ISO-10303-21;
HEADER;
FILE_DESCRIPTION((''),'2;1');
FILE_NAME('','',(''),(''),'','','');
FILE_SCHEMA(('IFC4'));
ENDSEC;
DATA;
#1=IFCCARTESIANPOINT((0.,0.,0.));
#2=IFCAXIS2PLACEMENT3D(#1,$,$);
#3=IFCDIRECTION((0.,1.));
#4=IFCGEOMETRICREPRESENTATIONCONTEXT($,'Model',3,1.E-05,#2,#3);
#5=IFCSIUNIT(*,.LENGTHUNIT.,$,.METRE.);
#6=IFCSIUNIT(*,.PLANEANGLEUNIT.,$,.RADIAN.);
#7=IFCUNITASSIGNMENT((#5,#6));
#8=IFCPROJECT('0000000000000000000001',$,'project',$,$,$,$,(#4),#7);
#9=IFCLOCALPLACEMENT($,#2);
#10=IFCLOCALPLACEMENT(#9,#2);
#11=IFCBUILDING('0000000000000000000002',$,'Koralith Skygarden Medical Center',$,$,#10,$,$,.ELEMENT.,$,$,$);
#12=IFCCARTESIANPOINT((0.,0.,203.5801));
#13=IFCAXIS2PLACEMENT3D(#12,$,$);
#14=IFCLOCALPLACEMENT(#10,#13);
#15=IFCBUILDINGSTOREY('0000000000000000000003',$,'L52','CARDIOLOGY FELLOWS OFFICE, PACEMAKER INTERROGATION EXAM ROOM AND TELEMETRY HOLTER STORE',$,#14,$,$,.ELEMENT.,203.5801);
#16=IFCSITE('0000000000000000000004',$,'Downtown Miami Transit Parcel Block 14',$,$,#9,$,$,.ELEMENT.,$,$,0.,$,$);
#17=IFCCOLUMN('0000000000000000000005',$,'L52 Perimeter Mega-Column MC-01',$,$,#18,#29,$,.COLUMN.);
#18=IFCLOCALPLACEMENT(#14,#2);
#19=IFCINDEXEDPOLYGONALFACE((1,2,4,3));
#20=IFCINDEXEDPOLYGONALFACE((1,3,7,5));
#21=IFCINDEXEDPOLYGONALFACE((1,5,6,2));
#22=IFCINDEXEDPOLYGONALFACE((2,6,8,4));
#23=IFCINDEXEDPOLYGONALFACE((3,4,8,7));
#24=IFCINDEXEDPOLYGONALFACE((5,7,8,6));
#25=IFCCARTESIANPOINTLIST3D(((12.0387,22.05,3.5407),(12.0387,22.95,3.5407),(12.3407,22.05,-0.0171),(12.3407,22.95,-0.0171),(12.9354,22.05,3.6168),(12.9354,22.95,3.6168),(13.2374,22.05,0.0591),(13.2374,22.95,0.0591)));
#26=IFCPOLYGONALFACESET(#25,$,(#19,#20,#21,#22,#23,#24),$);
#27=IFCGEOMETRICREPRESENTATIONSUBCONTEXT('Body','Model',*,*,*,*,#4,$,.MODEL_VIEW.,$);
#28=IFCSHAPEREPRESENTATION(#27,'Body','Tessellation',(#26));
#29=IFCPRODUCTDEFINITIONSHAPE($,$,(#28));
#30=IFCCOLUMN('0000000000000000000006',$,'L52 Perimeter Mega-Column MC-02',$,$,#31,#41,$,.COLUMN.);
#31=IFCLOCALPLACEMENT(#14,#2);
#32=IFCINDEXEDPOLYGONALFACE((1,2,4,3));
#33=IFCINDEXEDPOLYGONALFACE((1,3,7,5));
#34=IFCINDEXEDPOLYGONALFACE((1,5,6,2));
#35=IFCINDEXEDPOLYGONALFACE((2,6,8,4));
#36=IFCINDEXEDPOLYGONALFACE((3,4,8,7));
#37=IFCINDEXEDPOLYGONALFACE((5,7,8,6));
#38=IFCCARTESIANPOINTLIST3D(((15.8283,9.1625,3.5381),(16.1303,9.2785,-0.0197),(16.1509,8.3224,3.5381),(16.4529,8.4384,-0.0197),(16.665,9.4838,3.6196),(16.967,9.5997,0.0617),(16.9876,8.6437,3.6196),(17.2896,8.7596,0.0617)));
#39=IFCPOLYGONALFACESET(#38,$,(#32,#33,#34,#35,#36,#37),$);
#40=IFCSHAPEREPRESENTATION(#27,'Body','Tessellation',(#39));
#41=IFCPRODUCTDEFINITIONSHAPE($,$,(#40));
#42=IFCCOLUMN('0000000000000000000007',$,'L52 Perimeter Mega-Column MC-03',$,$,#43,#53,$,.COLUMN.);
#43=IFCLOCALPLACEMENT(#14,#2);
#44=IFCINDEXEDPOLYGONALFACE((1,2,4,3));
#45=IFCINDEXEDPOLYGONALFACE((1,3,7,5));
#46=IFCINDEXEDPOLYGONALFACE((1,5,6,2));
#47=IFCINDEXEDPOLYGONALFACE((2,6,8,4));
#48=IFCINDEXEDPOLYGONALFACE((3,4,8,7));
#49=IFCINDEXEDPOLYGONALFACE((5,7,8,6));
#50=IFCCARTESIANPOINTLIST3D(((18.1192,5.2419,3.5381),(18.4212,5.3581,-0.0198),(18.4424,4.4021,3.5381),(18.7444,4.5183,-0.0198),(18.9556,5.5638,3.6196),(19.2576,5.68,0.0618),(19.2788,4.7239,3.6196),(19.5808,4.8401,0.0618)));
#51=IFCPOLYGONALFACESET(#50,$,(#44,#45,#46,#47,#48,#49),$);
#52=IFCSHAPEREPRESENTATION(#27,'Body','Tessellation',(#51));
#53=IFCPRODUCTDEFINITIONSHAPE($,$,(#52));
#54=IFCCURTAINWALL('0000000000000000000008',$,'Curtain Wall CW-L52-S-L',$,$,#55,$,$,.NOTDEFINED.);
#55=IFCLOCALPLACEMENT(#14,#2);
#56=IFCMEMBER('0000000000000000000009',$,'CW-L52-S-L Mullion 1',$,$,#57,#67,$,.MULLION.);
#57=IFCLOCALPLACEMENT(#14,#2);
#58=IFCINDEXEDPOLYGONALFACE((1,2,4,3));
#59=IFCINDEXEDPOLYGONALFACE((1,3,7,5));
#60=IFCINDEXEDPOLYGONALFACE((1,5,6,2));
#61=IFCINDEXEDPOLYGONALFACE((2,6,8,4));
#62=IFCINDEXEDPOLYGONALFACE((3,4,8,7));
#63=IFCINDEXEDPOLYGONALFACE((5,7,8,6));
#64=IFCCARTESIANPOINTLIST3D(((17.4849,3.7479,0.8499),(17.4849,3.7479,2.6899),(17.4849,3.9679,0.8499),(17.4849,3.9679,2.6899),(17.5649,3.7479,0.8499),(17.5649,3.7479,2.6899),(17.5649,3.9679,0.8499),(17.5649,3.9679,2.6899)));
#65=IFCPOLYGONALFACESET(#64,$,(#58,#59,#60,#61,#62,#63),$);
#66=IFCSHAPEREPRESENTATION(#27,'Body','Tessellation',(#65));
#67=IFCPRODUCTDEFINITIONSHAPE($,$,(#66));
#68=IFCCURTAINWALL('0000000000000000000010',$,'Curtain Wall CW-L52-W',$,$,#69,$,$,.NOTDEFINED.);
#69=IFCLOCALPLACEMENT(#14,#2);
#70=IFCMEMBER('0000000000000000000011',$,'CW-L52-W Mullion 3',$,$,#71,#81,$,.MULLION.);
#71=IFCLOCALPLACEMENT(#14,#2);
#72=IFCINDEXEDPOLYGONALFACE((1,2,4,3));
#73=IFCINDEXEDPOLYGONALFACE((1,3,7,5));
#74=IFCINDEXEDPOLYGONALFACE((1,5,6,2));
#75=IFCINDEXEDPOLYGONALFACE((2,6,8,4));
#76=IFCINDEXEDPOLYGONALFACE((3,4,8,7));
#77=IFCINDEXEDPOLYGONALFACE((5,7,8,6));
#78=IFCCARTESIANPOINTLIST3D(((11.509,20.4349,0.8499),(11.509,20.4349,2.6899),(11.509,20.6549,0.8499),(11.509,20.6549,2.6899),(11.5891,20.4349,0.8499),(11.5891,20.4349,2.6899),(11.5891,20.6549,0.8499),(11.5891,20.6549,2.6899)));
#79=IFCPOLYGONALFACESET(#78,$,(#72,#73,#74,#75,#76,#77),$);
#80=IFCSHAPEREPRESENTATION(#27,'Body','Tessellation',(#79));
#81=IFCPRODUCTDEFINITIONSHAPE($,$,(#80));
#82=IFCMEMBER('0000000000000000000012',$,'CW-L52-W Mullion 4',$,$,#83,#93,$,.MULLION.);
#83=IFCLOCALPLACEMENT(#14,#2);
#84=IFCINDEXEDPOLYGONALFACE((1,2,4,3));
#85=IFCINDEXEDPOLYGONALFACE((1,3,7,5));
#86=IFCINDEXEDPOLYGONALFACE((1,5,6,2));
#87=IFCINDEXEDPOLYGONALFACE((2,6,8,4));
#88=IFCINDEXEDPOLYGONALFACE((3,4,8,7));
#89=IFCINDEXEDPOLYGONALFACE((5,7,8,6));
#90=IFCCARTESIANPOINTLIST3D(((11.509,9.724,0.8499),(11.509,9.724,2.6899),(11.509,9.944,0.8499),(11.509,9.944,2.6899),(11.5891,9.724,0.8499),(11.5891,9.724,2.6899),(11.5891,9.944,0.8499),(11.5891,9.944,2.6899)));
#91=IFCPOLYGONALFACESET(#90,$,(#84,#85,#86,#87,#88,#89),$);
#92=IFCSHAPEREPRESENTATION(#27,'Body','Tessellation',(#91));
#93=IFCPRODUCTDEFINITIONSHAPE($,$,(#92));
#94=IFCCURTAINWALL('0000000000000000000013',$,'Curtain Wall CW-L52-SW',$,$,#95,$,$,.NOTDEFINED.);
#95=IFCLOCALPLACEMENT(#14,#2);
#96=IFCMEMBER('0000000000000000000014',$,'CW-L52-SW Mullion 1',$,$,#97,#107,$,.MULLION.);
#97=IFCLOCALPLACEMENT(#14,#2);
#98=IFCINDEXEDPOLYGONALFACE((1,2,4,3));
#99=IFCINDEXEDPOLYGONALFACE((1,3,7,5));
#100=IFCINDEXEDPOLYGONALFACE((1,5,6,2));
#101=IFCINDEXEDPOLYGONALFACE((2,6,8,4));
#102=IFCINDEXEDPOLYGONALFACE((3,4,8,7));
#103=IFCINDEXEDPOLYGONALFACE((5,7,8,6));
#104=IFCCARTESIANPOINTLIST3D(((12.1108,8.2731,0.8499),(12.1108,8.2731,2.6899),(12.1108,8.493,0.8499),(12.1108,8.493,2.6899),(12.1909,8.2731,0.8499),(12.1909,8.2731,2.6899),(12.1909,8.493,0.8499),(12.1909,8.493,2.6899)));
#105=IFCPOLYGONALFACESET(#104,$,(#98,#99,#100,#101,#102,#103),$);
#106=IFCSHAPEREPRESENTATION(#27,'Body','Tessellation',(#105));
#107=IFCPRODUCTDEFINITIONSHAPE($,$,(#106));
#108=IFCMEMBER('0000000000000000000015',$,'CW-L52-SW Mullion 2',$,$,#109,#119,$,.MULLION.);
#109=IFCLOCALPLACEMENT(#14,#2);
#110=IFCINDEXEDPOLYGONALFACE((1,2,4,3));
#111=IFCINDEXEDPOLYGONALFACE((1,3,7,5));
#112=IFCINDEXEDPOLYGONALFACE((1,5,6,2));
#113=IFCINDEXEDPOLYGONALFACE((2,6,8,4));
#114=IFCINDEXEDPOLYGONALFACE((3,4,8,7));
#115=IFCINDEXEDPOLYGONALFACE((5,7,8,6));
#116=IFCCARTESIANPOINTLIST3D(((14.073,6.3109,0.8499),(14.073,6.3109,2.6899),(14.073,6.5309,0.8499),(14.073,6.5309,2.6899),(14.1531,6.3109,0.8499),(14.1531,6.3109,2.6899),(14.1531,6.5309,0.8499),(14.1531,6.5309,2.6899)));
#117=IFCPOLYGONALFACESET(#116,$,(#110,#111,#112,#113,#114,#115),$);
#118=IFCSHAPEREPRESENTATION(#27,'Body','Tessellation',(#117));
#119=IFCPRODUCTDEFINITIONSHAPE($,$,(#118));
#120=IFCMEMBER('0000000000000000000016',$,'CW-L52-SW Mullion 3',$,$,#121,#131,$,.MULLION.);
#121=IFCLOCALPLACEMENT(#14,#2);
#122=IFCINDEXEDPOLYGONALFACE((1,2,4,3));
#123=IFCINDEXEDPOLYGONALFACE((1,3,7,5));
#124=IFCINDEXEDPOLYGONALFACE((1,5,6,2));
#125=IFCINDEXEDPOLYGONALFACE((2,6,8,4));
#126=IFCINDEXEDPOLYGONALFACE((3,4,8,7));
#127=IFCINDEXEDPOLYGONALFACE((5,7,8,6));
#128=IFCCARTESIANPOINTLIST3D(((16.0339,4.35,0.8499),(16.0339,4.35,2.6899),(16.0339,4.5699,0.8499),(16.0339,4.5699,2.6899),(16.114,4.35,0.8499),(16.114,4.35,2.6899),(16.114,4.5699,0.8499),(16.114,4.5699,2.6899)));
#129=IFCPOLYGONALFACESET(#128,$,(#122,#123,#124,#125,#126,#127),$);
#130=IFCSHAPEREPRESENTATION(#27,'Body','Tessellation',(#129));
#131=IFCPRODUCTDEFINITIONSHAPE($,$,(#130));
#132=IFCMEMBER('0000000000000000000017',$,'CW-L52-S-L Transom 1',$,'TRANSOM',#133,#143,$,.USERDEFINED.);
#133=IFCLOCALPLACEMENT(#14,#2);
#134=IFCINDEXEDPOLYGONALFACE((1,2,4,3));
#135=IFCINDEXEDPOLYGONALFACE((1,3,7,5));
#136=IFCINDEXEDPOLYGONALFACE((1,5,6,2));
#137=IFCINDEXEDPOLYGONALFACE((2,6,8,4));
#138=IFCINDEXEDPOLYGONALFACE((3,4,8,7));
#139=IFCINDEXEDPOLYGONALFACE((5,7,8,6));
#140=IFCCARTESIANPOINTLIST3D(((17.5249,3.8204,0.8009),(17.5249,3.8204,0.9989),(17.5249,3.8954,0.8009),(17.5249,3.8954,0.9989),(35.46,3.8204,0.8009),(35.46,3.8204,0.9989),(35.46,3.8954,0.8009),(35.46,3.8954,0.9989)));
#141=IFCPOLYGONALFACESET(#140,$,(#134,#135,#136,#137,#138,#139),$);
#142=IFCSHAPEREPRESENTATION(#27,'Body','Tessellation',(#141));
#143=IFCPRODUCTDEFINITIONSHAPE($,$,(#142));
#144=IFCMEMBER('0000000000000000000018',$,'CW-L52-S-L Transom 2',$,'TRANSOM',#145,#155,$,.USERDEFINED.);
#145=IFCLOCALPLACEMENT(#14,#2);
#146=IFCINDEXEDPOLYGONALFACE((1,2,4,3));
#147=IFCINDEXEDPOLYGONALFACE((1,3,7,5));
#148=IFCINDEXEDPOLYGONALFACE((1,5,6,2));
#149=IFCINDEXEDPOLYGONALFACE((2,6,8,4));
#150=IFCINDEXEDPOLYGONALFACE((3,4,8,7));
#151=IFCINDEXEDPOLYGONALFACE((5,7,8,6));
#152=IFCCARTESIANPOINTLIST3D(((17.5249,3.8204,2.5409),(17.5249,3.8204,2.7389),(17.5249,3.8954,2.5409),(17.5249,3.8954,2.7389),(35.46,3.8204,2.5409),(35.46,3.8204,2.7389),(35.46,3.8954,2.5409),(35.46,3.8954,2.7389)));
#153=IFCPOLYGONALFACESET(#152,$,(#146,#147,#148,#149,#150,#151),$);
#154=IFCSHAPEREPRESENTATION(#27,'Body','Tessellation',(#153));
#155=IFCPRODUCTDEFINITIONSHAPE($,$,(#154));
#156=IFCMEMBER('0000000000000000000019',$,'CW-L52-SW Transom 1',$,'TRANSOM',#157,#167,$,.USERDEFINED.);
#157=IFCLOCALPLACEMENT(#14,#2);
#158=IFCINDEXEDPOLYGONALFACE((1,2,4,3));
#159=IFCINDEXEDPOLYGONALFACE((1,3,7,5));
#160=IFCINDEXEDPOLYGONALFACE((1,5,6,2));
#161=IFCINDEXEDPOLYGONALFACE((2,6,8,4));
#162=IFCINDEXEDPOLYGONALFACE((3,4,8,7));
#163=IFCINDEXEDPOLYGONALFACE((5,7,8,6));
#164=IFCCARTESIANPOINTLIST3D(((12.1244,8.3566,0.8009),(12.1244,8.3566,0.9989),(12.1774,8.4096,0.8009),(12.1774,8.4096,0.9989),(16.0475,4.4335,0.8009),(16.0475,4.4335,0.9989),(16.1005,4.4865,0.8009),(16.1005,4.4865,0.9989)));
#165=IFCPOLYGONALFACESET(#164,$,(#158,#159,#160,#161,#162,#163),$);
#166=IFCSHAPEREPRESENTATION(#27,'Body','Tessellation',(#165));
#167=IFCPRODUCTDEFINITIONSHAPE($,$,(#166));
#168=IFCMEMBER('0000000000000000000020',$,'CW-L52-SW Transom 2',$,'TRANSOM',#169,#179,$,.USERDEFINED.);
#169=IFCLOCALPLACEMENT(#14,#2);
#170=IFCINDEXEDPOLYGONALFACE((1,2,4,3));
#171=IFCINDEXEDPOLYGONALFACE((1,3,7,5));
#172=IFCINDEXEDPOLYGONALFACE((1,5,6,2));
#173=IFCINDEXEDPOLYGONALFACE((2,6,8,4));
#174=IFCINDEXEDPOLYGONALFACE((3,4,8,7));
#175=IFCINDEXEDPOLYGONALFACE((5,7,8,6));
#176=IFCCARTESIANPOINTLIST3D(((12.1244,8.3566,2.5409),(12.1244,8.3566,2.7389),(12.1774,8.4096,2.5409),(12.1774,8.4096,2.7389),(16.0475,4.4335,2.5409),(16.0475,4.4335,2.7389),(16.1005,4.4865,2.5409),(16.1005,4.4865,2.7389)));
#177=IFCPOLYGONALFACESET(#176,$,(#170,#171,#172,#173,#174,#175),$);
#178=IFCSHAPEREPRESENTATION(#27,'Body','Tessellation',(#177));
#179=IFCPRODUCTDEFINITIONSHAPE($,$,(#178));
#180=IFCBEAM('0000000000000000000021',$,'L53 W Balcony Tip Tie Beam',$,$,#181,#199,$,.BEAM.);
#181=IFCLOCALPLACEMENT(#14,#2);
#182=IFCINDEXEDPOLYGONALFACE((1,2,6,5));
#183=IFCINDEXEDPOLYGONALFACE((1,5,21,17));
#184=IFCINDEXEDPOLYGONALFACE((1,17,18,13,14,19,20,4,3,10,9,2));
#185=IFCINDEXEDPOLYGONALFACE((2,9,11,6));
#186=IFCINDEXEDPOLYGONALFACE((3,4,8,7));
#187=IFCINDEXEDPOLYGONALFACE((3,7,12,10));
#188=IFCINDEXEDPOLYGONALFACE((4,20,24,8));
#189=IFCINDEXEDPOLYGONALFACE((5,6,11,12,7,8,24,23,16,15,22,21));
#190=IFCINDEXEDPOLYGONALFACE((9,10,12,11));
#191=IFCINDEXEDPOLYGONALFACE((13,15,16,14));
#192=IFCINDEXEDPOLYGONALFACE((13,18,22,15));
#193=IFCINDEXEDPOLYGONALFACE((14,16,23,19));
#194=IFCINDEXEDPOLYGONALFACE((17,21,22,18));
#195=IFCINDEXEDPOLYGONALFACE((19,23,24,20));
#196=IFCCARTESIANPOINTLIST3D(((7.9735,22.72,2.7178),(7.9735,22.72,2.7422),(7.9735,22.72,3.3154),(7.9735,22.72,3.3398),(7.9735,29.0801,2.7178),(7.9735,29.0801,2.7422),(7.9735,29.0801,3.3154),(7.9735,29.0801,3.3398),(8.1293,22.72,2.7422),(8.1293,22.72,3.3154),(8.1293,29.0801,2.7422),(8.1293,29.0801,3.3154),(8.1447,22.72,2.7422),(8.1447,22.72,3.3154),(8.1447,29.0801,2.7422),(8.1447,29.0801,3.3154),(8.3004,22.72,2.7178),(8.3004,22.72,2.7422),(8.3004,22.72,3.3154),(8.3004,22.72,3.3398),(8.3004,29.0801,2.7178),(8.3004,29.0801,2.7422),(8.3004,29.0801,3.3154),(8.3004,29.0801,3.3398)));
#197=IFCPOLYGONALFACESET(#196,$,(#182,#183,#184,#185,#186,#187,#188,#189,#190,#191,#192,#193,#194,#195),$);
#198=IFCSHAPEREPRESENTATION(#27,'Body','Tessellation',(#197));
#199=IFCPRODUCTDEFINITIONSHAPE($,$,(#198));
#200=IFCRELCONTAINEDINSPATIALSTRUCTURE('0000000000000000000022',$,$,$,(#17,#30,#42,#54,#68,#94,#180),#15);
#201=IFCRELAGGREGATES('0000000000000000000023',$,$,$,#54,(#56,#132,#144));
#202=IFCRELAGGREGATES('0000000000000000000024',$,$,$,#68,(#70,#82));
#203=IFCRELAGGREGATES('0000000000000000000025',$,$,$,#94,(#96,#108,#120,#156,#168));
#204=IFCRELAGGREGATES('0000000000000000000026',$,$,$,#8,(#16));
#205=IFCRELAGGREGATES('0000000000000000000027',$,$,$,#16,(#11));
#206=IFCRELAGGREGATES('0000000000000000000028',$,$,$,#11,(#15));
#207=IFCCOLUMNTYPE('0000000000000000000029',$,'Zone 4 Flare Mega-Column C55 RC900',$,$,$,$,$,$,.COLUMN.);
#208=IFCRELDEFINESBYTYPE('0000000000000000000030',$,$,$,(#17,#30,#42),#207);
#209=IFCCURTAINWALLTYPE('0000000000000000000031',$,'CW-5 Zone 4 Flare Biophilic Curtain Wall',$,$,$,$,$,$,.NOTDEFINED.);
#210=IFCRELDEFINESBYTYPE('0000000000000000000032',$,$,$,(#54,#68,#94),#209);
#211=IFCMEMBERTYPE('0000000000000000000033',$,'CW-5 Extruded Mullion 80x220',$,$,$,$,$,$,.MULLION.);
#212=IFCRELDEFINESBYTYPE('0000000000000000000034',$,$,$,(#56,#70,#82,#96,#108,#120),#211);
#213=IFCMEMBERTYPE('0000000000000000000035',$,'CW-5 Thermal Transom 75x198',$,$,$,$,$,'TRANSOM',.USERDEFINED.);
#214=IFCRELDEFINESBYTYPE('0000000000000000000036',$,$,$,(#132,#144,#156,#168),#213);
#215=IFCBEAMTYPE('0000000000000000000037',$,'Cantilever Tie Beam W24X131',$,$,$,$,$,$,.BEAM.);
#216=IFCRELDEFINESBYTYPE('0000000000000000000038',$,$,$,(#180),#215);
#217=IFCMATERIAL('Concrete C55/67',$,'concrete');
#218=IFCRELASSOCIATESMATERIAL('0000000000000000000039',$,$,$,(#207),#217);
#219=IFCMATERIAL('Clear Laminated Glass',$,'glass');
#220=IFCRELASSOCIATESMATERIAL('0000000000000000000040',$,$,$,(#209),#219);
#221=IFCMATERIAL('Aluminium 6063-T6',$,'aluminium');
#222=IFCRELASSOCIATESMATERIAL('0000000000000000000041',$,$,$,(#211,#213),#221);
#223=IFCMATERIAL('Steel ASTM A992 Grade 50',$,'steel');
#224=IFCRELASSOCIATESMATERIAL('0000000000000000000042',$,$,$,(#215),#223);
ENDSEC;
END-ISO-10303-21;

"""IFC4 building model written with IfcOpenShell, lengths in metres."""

from ifc_helpers import new_model, si_unit, direction, frame, origin, origin_2d, place, context, subcontext, project, spatial, rectangle, i_section, extrude, material, material_profile, profile_set, type_object, element, aggregate, save


model = new_model("IFC4")

# Units and contexts
model_context = context("Model", 3, precision=1e-05, world=origin(), true_north=direction((0.0, 1.0)))
body_context = subcontext(model_context, "Body", "Model", "MODEL_VIEW")
ifc_project = project(units=[si_unit("LENGTHUNIT", "METRE"), si_unit("PLANEANGLEUNIT", "RADIAN")], contexts=[model_context])

# Site, building, storey
site_placement = place(None, origin())
site = spatial("IfcSite", under=ifc_project, at=site_placement, Name="Downtown Miami Transit Parcel Block 14", CompositionType="ELEMENT", RefElevation=0.0)
building_placement = place(site_placement, origin())
building = spatial("IfcBuilding", under=site, at=building_placement, Name="Koralith Skygarden Medical Center", CompositionType="ELEMENT")
storey_placement = place(building_placement, frame((0.0, 0.0, 203.5801)))
storey = spatial("IfcBuildingStorey", under=building, at=storey_placement, Name="L52", Description="CARDIOLOGY FELLOWS OFFICE, PACEMAKER INTERROGATION EXAM ROOM AND TELEMETRY HOLTER STORE", CompositionType="ELEMENT", Elevation=203.5801)

# Columns
ifc_material_1 = material(Name="Concrete C55/67", Category="concrete")
ifc_material_profile_1 = material_profile(ifc_material_1, rectangle(XDim=0.8999, YDim=0.8999, at=origin_2d()), Name="RC900X900")
ifc_profile_set_1 = profile_set([ifc_material_profile_1], Name="Concrete C55/67")
column_type = type_object("IfcColumnType", Name="Zone 4 Flare Mega-Column C55 RC900", PredefinedType="COLUMN", material=ifc_profile_set_1)
column_placement = place(storey_placement, frame((12.7891, 22.5, 0.021), z_axis=(-0.084579, 0.0, 0.996417), x_axis=(0.0, -1.0, 0.0)))
element("IfcColumn", 1, at=column_placement, inside=storey, type_object=column_type, Name="L52 Perimeter Mega-Column MC-01", PredefinedType="COLUMN", context=body_context, shape_type="SweptSolid", body=[
    extrude(rectangle(XDim=0.8999, YDim=0.8999, at=origin_2d()), origin(), (0.0, 0.0, 1.0), 3.5706),
])
for number, where, z_axis, x_axis, name in (
    (2, (16.71, 9.019, 0.021), (-0.084534, -0.032461, 0.995892), (0.358473, -0.93354, 0.0), "L52 Perimeter Mega-Column MC-02"),
    (3, (19.001, 5.0991, 0.021), (-0.084534, -0.032529, 0.995889), (0.359131, -0.933287, 0.0), "L52 Perimeter Mega-Column MC-03"),
):
    element("IfcColumn", number, at=place(storey_placement, frame(where, z_axis=z_axis, x_axis=x_axis)), inside=storey, type_object=column_type, Name=name, PredefinedType="COLUMN", context=body_context, shape_type="SweptSolid", body=[
        extrude(rectangle(XDim=0.8999, YDim=0.8999, at=origin_2d()), origin(), (0.0, 0.0, 1.0), 3.5725),
    ])

# Curtain wall, member
ifc_material_2 = material(Name="Clear Laminated Glass", Category="glass")
curtain_wall_type = type_object("IfcCurtainWallType", Name="CW-5 Zone 4 Flare Biophilic Curtain Wall", PredefinedType="NOTDEFINED", material=ifc_material_2)
curtain_wall_1_placement = place(storey_placement, origin())
curtain_wall_1 = element("IfcCurtainWall", 4, at=curtain_wall_1_placement, inside=storey, type_object=curtain_wall_type, Name="Curtain Wall CW-L52-S-L", PredefinedType="NOTDEFINED")
ifc_material_3 = material(Name="Aluminium 6063-T6", Category="aluminium")
ifc_material_profile_2 = material_profile(ifc_material_3, rectangle(XDim=0.0801, YDim=0.22, at=origin_2d()), Name="MUL80X220")
ifc_profile_set_2 = profile_set([ifc_material_profile_2], Name="Aluminium 6063-T6")
member_type_1 = type_object("IfcMemberType", Name="CW-5 Extruded Mullion 80x220", PredefinedType="MULLION", material=ifc_profile_set_2)
member_1_placement = place(storey_placement, frame((17.5249, 3.8579, 0.8499), z_axis=(0.0, 0.0, 1.0), x_axis=(1.0, 0.0, 0.0)))
member_1 = element("IfcMember", 5, at=member_1_placement, type_object=member_type_1, Name="CW-L52-S-L Mullion 1", PredefinedType="MULLION", context=body_context, shape_type="SweptSolid", body=[
    extrude(rectangle(XDim=0.0801, YDim=0.22, at=origin_2d()), origin(), (0.0, 0.0, 1.0), 1.8401),
])

# Curtain walls, members
curtain_wall_2_placement = place(storey_placement, origin())
curtain_wall_2 = element("IfcCurtainWall", 6, at=curtain_wall_2_placement, inside=storey, type_object=curtain_wall_type, Name="Curtain Wall CW-L52-W", PredefinedType="NOTDEFINED")
member_2_placement = place(storey_placement, frame((11.5491, 20.5449, 0.8499), z_axis=(0.0, 0.0, 1.0), x_axis=(1.0, 0.0, 0.0)))
member_2 = element("IfcMember", 7, at=member_2_placement, type_object=member_type_1, Name="CW-L52-W Mullion 3", PredefinedType="MULLION", context=body_context, shape_type="SweptSolid", body=[
    extrude(rectangle(XDim=0.0801, YDim=0.22, at=origin_2d()), origin(), (0.0, 0.0, 1.0), 1.8401),
])
member_3_placement = place(storey_placement, frame((11.5491, 9.834, 0.8499), z_axis=(0.0, 0.0, 1.0), x_axis=(1.0, 0.0, 0.0)))
member_3 = element("IfcMember", 8, at=member_3_placement, type_object=member_type_1, Name="CW-L52-W Mullion 4", PredefinedType="MULLION", context=body_context, shape_type="SweptSolid", body=[
    extrude(rectangle(XDim=0.0801, YDim=0.22, at=origin_2d()), origin(), (0.0, 0.0, 1.0), 1.8401),
])
curtain_wall_3_placement = place(storey_placement, origin())
curtain_wall_3 = element("IfcCurtainWall", 9, at=curtain_wall_3_placement, inside=storey, type_object=curtain_wall_type, Name="Curtain Wall CW-L52-SW", PredefinedType="NOTDEFINED")
member_4_placement = place(storey_placement, frame((12.1509, 8.3831, 0.8499), z_axis=(0.0, 0.0, 1.0), x_axis=(1.0, 0.0, 0.0)))
member_4 = element("IfcMember", 10, at=member_4_placement, type_object=member_type_1, Name="CW-L52-SW Mullion 1", PredefinedType="MULLION", context=body_context, shape_type="SweptSolid", body=[
    extrude(rectangle(XDim=0.0801, YDim=0.22, at=origin_2d()), origin(), (0.0, 0.0, 1.0), 1.8401),
])
member_5_placement = place(storey_placement, frame((14.113, 6.4209, 0.8499), z_axis=(0.0, 0.0, 1.0), x_axis=(1.0, 0.0, 0.0)))
member_5 = element("IfcMember", 11, at=member_5_placement, type_object=member_type_1, Name="CW-L52-SW Mullion 2", PredefinedType="MULLION", context=body_context, shape_type="SweptSolid", body=[
    extrude(rectangle(XDim=0.0801, YDim=0.22, at=origin_2d()), origin(), (0.0, 0.0, 1.0), 1.8401),
])
member_6_placement = place(storey_placement, frame((16.074, 4.46, 0.8499), z_axis=(0.0, 0.0, 1.0), x_axis=(1.0, 0.0, 0.0)))
member_6 = element("IfcMember", 12, at=member_6_placement, type_object=member_type_1, Name="CW-L52-SW Mullion 3", PredefinedType="MULLION", context=body_context, shape_type="SweptSolid", body=[
    extrude(rectangle(XDim=0.0801, YDim=0.22, at=origin_2d()), origin(), (0.0, 0.0, 1.0), 1.8401),
])

# Members
ifc_material_profile_3 = material_profile(ifc_material_3, rectangle(XDim=0.075, YDim=0.198, at=origin_2d()), Name="TRN75X198")
ifc_profile_set_3 = profile_set([ifc_material_profile_3], Name="Aluminium 6063-T6")
member_type_2 = type_object("IfcMemberType", Name="CW-5 Thermal Transom 75x198", ElementType="TRANSOM", PredefinedType="USERDEFINED", material=ifc_profile_set_3)
member_7_placement = place(storey_placement, frame((17.5249, 3.8579, 0.8999), z_axis=(1.0, 0.0, 0.0), x_axis=(0.0, 1.0, 0.0)))
member_7 = element("IfcMember", 13, at=member_7_placement, type_object=member_type_2, Name="CW-L52-S-L Transom 1", ObjectType="TRANSOM", PredefinedType="USERDEFINED", context=body_context, shape_type="SweptSolid", body=[
    extrude(rectangle(XDim=0.075, YDim=0.198, at=origin_2d()), origin(), (0.0, 0.0, 1.0), 17.9351),
])
member_8_placement = place(storey_placement, frame((17.5249, 3.8579, 2.6399), z_axis=(1.0, 0.0, 0.0), x_axis=(0.0, 1.0, 0.0)))
member_8 = element("IfcMember", 14, at=member_8_placement, type_object=member_type_2, Name="CW-L52-S-L Transom 2", ObjectType="TRANSOM", PredefinedType="USERDEFINED", context=body_context, shape_type="SweptSolid", body=[
    extrude(rectangle(XDim=0.075, YDim=0.198, at=origin_2d()), origin(), (0.0, 0.0, 1.0), 17.9351),
])
aggregate(curtain_wall_1, [member_1, member_7, member_8])
member_9_placement = place(storey_placement, frame((12.1509, 8.3831, 0.8999), z_axis=(0.707107, -0.707107, 0.0), x_axis=(0.707107, 0.707107, 0.0)))
member_9 = element("IfcMember", 15, at=member_9_placement, type_object=member_type_2, Name="CW-L52-SW Transom 1", ObjectType="TRANSOM", PredefinedType="USERDEFINED", context=body_context, shape_type="SweptSolid", body=[
    extrude(rectangle(XDim=0.075, YDim=0.198, at=origin_2d()), origin(), (0.0, 0.0, 1.0), 5.5481),
])
member_10_placement = place(storey_placement, frame((12.1509, 8.3831, 2.6399), z_axis=(0.707107, -0.707107, 0.0), x_axis=(0.707107, 0.707107, 0.0)))
member_10 = element("IfcMember", 16, at=member_10_placement, type_object=member_type_2, Name="CW-L52-SW Transom 2", ObjectType="TRANSOM", PredefinedType="USERDEFINED", context=body_context, shape_type="SweptSolid", body=[
    extrude(rectangle(XDim=0.075, YDim=0.198, at=origin_2d()), origin(), (0.0, 0.0, 1.0), 5.5481),
])

# Beam
ifc_material_4 = material(Name="Steel ASTM A992 Grade 50", Category="steel")
ifc_material_profile_4 = material_profile(ifc_material_4, i_section(OverallWidth=0.3269, OverallDepth=0.6221, WebThickness=0.0154, FlangeThickness=0.0244, at=origin_2d()), Name="W24X131")
ifc_profile_set_4 = profile_set([ifc_material_profile_4], Name="Steel ASTM A992 Grade 50")
beam_type_1 = type_object("IfcBeamType", Name="Cantilever Tie Beam W24X131", PredefinedType="BEAM", material=ifc_profile_set_4)
beam_1_placement = place(storey_placement, frame((8.137, 22.72, 3.0288), z_axis=(0.0, 1.0, 0.0), x_axis=(-1.0, 0.0, 0.0)))
element("IfcBeam", 17, at=beam_1_placement, inside=storey, type_object=beam_type_1, Name="L53 W Balcony Tip Tie Beam", PredefinedType="BEAM", context=body_context, shape_type="SweptSolid", body=[
    extrude(i_section(OverallWidth=0.3269, OverallDepth=0.6221, WebThickness=0.0154, FlangeThickness=0.0244, at=origin_2d()), origin(), (0.0, 0.0, 1.0), 6.3601),
])

aggregate(curtain_wall_2, [member_2, member_3])
aggregate(curtain_wall_3, [member_4, member_5, member_6, member_9, member_10])

save(model, "model.ifc")
